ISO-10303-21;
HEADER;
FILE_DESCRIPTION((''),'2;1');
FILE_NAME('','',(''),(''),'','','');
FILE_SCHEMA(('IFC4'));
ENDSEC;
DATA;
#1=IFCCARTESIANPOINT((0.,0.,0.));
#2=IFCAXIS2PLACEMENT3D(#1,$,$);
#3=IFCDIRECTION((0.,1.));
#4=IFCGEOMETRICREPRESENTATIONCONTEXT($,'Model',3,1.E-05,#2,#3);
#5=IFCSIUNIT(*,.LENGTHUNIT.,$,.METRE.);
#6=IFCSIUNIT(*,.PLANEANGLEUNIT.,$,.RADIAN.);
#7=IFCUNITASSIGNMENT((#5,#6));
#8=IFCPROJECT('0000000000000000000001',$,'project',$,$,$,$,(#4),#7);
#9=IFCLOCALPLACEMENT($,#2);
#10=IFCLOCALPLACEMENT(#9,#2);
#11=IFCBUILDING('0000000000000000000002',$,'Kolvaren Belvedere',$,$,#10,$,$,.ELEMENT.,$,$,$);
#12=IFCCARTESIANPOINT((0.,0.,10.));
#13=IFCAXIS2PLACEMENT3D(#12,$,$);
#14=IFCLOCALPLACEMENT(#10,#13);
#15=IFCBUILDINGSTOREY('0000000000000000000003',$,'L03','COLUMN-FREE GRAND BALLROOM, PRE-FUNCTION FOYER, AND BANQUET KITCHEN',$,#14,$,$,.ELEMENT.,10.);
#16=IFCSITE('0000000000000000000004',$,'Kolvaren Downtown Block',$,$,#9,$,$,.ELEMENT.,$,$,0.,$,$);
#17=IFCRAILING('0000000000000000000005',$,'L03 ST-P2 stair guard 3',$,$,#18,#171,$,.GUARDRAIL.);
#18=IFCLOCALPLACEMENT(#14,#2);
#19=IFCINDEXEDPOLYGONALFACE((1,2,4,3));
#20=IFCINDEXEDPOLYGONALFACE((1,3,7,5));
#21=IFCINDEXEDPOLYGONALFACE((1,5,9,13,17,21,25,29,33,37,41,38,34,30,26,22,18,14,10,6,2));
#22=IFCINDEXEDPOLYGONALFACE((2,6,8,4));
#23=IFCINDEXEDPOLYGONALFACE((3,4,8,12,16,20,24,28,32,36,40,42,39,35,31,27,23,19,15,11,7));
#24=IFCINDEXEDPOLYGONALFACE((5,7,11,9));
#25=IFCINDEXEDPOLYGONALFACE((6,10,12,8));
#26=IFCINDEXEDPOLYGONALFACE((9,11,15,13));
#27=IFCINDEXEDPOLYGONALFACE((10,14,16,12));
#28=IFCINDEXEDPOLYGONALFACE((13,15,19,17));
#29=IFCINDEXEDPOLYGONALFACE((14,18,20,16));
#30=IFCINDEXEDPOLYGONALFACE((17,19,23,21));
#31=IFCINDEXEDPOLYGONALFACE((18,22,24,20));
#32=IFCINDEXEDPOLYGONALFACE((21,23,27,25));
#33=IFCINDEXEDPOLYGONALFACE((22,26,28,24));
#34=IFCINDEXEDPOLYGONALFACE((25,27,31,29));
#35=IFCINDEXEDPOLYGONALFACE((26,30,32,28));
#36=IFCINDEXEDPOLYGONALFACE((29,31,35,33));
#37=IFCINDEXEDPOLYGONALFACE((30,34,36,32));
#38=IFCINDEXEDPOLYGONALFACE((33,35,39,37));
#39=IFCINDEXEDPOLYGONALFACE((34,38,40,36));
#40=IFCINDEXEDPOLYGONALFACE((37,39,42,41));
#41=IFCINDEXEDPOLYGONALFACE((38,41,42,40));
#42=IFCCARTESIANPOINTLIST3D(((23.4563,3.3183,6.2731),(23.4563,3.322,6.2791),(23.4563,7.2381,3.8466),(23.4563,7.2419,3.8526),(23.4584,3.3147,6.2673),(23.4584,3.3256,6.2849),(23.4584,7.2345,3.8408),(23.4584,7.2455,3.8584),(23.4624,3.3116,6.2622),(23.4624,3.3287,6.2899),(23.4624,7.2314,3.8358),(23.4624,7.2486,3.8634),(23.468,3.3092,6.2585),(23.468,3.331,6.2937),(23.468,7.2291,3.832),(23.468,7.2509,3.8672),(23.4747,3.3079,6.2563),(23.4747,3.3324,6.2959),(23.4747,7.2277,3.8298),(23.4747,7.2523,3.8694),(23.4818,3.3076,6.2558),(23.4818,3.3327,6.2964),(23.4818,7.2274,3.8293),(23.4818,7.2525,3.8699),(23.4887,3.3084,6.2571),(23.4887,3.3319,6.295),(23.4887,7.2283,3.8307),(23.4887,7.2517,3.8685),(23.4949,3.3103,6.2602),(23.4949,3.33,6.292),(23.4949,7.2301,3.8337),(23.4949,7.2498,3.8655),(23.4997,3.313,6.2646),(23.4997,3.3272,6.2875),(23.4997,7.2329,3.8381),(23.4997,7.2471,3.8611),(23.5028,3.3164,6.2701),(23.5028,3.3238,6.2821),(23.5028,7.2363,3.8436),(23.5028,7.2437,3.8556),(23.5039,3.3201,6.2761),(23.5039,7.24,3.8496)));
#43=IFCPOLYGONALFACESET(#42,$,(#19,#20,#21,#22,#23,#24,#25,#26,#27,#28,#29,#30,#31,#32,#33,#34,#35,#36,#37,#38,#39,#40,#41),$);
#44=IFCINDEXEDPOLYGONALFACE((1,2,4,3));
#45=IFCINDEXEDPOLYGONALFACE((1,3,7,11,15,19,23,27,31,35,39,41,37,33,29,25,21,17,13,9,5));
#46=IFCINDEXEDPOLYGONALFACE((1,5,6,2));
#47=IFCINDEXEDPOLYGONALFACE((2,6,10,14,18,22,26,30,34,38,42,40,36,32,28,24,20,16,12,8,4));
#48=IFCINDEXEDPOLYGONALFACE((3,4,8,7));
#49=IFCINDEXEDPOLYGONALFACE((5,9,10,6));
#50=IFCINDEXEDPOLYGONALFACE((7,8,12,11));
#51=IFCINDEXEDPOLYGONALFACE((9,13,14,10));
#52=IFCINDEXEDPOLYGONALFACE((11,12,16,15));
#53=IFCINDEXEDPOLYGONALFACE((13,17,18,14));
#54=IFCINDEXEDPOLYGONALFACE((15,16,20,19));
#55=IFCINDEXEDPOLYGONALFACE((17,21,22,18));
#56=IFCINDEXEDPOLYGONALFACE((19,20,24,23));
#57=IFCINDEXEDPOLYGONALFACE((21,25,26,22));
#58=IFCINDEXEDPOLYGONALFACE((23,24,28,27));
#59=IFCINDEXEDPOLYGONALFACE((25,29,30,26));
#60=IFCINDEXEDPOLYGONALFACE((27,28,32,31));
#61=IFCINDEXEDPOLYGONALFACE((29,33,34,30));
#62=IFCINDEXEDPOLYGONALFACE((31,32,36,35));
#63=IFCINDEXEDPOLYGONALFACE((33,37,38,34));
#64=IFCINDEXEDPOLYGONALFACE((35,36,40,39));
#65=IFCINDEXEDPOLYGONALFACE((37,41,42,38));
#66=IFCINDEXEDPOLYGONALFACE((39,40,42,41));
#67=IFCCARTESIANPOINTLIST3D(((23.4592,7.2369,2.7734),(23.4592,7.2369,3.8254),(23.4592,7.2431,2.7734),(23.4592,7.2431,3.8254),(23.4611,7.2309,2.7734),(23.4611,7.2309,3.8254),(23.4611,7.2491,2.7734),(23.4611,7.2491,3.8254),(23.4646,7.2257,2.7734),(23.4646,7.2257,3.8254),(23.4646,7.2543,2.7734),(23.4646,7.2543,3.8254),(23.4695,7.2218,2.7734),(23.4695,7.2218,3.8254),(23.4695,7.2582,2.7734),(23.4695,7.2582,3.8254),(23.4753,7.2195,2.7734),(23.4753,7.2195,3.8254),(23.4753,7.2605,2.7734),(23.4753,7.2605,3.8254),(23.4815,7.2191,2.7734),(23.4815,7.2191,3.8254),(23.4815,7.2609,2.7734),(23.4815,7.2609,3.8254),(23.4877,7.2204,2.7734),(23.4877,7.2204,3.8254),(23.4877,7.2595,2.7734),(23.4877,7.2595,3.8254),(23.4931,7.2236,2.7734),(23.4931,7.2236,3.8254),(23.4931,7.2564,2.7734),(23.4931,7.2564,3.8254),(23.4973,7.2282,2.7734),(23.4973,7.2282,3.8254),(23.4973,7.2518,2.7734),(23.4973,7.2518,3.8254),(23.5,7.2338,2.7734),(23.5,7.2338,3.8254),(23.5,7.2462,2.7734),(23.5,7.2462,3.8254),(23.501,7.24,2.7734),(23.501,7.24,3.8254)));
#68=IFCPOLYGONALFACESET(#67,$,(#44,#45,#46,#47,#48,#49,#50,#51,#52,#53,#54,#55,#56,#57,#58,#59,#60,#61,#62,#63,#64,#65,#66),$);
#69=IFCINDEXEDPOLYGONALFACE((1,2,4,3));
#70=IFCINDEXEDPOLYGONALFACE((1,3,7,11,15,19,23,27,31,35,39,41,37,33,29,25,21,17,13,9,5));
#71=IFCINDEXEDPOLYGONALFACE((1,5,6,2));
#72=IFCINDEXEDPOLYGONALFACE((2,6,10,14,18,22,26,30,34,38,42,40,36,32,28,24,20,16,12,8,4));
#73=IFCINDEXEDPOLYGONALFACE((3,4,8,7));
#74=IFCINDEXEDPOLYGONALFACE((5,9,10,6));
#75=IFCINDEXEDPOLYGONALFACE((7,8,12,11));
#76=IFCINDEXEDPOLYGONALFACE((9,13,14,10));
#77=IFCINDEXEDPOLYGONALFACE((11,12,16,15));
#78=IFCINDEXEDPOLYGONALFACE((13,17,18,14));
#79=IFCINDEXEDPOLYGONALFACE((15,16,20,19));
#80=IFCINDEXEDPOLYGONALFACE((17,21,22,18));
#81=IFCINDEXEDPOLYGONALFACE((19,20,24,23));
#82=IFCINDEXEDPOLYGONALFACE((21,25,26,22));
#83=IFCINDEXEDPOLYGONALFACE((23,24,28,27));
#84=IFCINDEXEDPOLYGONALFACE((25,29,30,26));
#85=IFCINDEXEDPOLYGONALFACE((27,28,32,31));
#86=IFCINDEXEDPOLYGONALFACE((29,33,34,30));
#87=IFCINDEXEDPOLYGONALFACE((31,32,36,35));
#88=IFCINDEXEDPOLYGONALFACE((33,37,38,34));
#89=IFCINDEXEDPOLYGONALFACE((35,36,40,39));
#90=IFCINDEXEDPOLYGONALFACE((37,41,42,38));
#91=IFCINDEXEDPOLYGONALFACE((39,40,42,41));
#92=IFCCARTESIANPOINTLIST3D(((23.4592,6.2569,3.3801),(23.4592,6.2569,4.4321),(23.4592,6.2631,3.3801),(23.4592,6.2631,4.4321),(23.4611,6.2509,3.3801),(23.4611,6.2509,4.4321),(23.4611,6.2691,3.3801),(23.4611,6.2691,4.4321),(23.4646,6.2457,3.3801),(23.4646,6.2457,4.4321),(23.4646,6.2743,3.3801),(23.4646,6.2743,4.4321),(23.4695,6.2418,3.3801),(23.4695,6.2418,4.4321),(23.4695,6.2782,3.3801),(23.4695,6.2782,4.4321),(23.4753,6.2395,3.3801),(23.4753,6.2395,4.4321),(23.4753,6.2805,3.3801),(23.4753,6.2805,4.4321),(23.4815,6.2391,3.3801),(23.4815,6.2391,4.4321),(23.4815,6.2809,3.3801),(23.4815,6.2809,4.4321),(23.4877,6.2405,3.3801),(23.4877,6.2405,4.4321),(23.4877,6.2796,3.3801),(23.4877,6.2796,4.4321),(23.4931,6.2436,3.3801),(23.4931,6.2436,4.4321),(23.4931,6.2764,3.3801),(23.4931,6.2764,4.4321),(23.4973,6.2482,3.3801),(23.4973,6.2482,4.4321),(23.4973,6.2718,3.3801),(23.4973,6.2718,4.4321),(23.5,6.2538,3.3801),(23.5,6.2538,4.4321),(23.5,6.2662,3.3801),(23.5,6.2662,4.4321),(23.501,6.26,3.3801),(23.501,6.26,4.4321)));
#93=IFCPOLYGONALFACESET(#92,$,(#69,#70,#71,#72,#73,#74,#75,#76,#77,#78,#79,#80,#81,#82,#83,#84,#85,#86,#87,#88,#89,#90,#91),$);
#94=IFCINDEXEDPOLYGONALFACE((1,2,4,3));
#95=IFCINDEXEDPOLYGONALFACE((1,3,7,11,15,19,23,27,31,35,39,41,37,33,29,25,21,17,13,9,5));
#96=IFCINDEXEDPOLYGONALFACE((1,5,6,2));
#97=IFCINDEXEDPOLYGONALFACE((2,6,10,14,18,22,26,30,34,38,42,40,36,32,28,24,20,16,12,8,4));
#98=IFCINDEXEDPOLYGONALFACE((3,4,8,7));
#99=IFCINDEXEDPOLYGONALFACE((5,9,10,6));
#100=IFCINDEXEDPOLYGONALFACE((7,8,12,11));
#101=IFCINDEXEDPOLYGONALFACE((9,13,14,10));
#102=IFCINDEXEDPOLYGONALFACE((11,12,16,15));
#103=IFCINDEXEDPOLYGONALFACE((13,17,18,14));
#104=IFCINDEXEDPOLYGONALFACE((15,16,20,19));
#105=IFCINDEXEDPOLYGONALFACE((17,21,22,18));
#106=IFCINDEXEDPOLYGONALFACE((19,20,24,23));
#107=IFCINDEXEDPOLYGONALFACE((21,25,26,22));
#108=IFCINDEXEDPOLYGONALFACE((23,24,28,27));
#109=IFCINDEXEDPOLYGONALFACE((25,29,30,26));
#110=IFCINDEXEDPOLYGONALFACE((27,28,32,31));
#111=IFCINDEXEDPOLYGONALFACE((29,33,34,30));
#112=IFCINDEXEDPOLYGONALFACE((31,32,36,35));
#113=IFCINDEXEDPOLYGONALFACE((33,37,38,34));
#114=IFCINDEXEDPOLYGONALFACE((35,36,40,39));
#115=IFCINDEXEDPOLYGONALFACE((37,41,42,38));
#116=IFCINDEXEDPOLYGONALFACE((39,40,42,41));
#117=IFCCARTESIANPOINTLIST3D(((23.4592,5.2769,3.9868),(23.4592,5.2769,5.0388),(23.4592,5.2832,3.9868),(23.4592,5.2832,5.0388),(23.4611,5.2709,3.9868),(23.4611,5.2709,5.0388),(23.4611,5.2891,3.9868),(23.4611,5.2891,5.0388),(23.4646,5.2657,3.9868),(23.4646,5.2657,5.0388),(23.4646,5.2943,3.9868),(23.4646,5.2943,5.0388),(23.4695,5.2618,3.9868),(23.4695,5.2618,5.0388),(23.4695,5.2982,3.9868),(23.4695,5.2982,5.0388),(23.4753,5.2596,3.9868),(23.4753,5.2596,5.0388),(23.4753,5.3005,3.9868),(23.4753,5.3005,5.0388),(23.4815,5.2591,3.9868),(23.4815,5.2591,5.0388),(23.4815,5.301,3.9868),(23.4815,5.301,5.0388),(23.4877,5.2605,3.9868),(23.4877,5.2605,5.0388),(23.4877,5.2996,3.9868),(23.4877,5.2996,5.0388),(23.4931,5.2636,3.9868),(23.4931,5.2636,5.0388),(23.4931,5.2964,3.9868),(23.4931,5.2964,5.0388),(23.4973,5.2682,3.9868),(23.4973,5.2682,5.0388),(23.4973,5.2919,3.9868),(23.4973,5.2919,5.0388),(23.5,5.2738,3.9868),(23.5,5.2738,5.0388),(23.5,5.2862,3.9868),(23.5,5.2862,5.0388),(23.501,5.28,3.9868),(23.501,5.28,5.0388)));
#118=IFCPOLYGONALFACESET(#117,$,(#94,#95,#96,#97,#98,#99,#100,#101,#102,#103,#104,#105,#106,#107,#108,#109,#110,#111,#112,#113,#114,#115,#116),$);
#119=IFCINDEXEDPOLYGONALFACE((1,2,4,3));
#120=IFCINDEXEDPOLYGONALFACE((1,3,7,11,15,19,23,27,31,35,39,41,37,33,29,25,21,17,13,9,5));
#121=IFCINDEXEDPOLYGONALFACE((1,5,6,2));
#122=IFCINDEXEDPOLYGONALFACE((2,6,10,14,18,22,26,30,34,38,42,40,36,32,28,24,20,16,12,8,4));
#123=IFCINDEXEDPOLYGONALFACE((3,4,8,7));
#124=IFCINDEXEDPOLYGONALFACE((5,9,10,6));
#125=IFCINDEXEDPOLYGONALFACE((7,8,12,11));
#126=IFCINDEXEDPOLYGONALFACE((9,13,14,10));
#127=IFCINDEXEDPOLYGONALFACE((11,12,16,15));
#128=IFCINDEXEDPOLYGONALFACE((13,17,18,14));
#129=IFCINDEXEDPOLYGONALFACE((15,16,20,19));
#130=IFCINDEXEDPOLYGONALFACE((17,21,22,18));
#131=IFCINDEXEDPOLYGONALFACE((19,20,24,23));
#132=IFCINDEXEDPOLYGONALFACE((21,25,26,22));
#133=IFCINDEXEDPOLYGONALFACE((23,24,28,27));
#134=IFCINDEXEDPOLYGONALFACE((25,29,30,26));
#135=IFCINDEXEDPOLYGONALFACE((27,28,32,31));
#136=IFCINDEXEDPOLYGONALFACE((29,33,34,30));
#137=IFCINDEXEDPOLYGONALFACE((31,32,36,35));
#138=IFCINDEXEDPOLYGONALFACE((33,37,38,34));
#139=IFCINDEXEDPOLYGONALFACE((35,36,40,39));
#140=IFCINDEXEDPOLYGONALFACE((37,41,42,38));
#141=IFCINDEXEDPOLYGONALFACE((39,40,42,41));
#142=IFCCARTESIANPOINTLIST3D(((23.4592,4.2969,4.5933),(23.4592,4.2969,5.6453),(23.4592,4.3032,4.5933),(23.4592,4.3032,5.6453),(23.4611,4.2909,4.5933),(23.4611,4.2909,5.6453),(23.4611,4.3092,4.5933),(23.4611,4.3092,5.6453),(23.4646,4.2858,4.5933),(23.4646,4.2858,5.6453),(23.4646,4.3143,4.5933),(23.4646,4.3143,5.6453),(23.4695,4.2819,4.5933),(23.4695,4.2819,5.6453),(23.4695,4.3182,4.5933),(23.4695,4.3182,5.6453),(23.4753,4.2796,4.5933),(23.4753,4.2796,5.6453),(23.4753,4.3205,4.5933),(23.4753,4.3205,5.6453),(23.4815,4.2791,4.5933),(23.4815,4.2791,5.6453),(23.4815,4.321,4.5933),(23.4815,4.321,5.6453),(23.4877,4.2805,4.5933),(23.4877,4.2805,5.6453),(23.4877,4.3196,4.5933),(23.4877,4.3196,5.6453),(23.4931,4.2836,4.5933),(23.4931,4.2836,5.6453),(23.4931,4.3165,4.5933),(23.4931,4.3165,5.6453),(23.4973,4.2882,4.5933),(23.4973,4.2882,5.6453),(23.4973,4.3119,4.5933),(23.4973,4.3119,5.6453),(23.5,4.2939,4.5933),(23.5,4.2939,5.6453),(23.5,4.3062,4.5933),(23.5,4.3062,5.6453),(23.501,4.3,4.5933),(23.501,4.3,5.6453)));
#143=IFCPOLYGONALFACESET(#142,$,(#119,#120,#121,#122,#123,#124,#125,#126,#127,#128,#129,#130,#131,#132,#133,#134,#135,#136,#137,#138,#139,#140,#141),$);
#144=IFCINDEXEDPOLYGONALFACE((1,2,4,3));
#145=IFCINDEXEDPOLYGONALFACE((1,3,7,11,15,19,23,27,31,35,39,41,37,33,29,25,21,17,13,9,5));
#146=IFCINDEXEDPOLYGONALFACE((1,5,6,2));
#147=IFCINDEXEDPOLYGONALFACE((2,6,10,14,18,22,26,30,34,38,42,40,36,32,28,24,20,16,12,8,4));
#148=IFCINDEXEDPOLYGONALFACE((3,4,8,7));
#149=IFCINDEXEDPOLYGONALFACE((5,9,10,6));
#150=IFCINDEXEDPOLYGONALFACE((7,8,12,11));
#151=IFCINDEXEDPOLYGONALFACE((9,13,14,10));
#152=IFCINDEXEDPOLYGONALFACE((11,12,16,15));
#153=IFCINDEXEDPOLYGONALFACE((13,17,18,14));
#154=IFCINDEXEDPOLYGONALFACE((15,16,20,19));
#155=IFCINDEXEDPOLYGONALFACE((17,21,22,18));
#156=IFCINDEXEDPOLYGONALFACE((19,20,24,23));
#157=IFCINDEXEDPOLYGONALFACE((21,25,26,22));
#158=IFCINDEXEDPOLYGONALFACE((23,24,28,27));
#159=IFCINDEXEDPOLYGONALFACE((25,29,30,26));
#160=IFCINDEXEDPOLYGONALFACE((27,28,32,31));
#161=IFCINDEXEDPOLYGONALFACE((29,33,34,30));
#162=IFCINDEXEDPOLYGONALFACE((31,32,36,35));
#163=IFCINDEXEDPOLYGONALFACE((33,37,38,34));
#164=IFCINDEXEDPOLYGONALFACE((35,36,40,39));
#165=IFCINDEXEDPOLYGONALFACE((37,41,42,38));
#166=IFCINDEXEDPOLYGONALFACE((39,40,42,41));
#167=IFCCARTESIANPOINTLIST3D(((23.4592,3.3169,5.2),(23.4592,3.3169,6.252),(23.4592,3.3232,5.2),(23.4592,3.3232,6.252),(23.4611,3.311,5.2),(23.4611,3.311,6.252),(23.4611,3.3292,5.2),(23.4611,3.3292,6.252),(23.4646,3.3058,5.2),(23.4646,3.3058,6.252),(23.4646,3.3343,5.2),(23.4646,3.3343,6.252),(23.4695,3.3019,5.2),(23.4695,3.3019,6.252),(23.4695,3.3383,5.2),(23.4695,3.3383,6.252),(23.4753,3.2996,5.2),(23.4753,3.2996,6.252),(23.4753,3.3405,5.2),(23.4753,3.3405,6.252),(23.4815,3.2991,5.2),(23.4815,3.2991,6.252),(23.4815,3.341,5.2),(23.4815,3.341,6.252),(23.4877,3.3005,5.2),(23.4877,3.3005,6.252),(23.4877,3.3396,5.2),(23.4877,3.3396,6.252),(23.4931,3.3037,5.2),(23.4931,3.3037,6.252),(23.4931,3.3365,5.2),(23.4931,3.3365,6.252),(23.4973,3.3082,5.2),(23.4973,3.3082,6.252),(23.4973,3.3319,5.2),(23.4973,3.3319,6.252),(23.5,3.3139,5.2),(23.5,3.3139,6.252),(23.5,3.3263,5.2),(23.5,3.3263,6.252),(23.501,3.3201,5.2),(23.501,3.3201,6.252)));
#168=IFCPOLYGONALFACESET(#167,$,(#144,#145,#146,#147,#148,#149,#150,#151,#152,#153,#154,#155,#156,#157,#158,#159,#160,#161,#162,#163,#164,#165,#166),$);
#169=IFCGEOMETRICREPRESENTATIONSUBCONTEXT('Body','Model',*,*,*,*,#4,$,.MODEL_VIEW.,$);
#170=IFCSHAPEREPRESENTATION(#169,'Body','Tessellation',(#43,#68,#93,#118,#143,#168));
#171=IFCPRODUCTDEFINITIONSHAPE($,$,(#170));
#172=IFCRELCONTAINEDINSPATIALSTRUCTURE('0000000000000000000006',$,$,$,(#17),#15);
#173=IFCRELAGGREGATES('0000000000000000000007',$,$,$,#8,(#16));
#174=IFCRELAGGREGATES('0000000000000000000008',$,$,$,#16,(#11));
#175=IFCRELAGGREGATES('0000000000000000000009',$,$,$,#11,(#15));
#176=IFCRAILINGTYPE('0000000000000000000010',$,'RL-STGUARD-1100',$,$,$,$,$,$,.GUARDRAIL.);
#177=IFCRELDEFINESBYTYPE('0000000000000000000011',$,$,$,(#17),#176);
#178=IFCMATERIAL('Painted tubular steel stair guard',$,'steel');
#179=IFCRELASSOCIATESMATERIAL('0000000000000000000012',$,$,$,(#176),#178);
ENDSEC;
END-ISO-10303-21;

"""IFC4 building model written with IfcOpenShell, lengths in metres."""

from ifc_helpers import new_model, si_unit, direction, frame, origin, origin_2d, place, context, subcontext, project, spatial, circle, extrude, material, type_object, element, save


model = new_model("IFC4")

# Units and contexts
model_context = context("Model", 3, precision=1e-05, world=origin(), true_north=direction((0.0, 1.0)))
body_context = subcontext(model_context, "Body", "Model", "MODEL_VIEW")
ifc_project = project(units=[si_unit("LENGTHUNIT", "METRE"), si_unit("PLANEANGLEUNIT", "RADIAN")], contexts=[model_context])

# Site, building, storey
site_placement = place(None, origin())
site = spatial("IfcSite", under=ifc_project, at=site_placement, Name="Kolvaren Downtown Block", CompositionType="ELEMENT", RefElevation=0.0)
building_placement = place(site_placement, origin())
building = spatial("IfcBuilding", under=site, at=building_placement, Name="Kolvaren Belvedere", CompositionType="ELEMENT")
storey_placement = place(building_placement, frame((0.0, 0.0, 10.0)))
storey = spatial("IfcBuildingStorey", under=building, at=storey_placement, Name="L03", Description="COLUMN-FREE GRAND BALLROOM, PRE-FUNCTION FOYER, AND BANQUET KITCHEN", CompositionType="ELEMENT", Elevation=10.0)

# Railing
ifc_material_1 = material(Name="Painted tubular steel stair guard", Category="steel")
railing_type_1 = type_object("IfcRailingType", Name="RL-STGUARD-1100", PredefinedType="GUARDRAIL", material=ifc_material_1)
railing_1_placement = place(storey_placement, frame((23.48, 7.24, 2.7734)))
element("IfcRailing", 1, at=railing_1_placement, inside=storey, type_object=railing_type_1, Name="L03 ST-P2 stair guard 3", PredefinedType="GUARDRAIL", context=body_context, shape_type="SweptSolid", body=[
    extrude(circle(Radius=0.0239, at=origin_2d()), frame((0.0, 0.0, 1.0762), z_axis=(0.0, -0.850275, 0.526338), x_axis=(1.0, 0.0, 0.0)), (0.0, 0.0, 1.0), 4.6101),
    extrude(circle(Radius=0.021, at=origin_2d()), origin(), (0.0, 0.0, 1.0), 1.052),
    extrude(circle(Radius=0.021, at=origin_2d()), frame((0.0, -0.98, 0.6067)), (0.0, 0.0, 1.0), 1.052),
    extrude(circle(Radius=0.021, at=origin_2d()), frame((0.0, -1.96, 1.2134)), (0.0, 0.0, 1.0), 1.052),
    extrude(circle(Radius=0.021, at=origin_2d()), frame((0.0, -2.9399, 1.8198)), (0.0, 0.0, 1.0), 1.052),
    extrude(circle(Radius=0.021, at=origin_2d()), frame((0.0, -3.9199, 2.4265)), (0.0, 0.0, 1.0), 1.052),
])

save(model, "model.ifc")
